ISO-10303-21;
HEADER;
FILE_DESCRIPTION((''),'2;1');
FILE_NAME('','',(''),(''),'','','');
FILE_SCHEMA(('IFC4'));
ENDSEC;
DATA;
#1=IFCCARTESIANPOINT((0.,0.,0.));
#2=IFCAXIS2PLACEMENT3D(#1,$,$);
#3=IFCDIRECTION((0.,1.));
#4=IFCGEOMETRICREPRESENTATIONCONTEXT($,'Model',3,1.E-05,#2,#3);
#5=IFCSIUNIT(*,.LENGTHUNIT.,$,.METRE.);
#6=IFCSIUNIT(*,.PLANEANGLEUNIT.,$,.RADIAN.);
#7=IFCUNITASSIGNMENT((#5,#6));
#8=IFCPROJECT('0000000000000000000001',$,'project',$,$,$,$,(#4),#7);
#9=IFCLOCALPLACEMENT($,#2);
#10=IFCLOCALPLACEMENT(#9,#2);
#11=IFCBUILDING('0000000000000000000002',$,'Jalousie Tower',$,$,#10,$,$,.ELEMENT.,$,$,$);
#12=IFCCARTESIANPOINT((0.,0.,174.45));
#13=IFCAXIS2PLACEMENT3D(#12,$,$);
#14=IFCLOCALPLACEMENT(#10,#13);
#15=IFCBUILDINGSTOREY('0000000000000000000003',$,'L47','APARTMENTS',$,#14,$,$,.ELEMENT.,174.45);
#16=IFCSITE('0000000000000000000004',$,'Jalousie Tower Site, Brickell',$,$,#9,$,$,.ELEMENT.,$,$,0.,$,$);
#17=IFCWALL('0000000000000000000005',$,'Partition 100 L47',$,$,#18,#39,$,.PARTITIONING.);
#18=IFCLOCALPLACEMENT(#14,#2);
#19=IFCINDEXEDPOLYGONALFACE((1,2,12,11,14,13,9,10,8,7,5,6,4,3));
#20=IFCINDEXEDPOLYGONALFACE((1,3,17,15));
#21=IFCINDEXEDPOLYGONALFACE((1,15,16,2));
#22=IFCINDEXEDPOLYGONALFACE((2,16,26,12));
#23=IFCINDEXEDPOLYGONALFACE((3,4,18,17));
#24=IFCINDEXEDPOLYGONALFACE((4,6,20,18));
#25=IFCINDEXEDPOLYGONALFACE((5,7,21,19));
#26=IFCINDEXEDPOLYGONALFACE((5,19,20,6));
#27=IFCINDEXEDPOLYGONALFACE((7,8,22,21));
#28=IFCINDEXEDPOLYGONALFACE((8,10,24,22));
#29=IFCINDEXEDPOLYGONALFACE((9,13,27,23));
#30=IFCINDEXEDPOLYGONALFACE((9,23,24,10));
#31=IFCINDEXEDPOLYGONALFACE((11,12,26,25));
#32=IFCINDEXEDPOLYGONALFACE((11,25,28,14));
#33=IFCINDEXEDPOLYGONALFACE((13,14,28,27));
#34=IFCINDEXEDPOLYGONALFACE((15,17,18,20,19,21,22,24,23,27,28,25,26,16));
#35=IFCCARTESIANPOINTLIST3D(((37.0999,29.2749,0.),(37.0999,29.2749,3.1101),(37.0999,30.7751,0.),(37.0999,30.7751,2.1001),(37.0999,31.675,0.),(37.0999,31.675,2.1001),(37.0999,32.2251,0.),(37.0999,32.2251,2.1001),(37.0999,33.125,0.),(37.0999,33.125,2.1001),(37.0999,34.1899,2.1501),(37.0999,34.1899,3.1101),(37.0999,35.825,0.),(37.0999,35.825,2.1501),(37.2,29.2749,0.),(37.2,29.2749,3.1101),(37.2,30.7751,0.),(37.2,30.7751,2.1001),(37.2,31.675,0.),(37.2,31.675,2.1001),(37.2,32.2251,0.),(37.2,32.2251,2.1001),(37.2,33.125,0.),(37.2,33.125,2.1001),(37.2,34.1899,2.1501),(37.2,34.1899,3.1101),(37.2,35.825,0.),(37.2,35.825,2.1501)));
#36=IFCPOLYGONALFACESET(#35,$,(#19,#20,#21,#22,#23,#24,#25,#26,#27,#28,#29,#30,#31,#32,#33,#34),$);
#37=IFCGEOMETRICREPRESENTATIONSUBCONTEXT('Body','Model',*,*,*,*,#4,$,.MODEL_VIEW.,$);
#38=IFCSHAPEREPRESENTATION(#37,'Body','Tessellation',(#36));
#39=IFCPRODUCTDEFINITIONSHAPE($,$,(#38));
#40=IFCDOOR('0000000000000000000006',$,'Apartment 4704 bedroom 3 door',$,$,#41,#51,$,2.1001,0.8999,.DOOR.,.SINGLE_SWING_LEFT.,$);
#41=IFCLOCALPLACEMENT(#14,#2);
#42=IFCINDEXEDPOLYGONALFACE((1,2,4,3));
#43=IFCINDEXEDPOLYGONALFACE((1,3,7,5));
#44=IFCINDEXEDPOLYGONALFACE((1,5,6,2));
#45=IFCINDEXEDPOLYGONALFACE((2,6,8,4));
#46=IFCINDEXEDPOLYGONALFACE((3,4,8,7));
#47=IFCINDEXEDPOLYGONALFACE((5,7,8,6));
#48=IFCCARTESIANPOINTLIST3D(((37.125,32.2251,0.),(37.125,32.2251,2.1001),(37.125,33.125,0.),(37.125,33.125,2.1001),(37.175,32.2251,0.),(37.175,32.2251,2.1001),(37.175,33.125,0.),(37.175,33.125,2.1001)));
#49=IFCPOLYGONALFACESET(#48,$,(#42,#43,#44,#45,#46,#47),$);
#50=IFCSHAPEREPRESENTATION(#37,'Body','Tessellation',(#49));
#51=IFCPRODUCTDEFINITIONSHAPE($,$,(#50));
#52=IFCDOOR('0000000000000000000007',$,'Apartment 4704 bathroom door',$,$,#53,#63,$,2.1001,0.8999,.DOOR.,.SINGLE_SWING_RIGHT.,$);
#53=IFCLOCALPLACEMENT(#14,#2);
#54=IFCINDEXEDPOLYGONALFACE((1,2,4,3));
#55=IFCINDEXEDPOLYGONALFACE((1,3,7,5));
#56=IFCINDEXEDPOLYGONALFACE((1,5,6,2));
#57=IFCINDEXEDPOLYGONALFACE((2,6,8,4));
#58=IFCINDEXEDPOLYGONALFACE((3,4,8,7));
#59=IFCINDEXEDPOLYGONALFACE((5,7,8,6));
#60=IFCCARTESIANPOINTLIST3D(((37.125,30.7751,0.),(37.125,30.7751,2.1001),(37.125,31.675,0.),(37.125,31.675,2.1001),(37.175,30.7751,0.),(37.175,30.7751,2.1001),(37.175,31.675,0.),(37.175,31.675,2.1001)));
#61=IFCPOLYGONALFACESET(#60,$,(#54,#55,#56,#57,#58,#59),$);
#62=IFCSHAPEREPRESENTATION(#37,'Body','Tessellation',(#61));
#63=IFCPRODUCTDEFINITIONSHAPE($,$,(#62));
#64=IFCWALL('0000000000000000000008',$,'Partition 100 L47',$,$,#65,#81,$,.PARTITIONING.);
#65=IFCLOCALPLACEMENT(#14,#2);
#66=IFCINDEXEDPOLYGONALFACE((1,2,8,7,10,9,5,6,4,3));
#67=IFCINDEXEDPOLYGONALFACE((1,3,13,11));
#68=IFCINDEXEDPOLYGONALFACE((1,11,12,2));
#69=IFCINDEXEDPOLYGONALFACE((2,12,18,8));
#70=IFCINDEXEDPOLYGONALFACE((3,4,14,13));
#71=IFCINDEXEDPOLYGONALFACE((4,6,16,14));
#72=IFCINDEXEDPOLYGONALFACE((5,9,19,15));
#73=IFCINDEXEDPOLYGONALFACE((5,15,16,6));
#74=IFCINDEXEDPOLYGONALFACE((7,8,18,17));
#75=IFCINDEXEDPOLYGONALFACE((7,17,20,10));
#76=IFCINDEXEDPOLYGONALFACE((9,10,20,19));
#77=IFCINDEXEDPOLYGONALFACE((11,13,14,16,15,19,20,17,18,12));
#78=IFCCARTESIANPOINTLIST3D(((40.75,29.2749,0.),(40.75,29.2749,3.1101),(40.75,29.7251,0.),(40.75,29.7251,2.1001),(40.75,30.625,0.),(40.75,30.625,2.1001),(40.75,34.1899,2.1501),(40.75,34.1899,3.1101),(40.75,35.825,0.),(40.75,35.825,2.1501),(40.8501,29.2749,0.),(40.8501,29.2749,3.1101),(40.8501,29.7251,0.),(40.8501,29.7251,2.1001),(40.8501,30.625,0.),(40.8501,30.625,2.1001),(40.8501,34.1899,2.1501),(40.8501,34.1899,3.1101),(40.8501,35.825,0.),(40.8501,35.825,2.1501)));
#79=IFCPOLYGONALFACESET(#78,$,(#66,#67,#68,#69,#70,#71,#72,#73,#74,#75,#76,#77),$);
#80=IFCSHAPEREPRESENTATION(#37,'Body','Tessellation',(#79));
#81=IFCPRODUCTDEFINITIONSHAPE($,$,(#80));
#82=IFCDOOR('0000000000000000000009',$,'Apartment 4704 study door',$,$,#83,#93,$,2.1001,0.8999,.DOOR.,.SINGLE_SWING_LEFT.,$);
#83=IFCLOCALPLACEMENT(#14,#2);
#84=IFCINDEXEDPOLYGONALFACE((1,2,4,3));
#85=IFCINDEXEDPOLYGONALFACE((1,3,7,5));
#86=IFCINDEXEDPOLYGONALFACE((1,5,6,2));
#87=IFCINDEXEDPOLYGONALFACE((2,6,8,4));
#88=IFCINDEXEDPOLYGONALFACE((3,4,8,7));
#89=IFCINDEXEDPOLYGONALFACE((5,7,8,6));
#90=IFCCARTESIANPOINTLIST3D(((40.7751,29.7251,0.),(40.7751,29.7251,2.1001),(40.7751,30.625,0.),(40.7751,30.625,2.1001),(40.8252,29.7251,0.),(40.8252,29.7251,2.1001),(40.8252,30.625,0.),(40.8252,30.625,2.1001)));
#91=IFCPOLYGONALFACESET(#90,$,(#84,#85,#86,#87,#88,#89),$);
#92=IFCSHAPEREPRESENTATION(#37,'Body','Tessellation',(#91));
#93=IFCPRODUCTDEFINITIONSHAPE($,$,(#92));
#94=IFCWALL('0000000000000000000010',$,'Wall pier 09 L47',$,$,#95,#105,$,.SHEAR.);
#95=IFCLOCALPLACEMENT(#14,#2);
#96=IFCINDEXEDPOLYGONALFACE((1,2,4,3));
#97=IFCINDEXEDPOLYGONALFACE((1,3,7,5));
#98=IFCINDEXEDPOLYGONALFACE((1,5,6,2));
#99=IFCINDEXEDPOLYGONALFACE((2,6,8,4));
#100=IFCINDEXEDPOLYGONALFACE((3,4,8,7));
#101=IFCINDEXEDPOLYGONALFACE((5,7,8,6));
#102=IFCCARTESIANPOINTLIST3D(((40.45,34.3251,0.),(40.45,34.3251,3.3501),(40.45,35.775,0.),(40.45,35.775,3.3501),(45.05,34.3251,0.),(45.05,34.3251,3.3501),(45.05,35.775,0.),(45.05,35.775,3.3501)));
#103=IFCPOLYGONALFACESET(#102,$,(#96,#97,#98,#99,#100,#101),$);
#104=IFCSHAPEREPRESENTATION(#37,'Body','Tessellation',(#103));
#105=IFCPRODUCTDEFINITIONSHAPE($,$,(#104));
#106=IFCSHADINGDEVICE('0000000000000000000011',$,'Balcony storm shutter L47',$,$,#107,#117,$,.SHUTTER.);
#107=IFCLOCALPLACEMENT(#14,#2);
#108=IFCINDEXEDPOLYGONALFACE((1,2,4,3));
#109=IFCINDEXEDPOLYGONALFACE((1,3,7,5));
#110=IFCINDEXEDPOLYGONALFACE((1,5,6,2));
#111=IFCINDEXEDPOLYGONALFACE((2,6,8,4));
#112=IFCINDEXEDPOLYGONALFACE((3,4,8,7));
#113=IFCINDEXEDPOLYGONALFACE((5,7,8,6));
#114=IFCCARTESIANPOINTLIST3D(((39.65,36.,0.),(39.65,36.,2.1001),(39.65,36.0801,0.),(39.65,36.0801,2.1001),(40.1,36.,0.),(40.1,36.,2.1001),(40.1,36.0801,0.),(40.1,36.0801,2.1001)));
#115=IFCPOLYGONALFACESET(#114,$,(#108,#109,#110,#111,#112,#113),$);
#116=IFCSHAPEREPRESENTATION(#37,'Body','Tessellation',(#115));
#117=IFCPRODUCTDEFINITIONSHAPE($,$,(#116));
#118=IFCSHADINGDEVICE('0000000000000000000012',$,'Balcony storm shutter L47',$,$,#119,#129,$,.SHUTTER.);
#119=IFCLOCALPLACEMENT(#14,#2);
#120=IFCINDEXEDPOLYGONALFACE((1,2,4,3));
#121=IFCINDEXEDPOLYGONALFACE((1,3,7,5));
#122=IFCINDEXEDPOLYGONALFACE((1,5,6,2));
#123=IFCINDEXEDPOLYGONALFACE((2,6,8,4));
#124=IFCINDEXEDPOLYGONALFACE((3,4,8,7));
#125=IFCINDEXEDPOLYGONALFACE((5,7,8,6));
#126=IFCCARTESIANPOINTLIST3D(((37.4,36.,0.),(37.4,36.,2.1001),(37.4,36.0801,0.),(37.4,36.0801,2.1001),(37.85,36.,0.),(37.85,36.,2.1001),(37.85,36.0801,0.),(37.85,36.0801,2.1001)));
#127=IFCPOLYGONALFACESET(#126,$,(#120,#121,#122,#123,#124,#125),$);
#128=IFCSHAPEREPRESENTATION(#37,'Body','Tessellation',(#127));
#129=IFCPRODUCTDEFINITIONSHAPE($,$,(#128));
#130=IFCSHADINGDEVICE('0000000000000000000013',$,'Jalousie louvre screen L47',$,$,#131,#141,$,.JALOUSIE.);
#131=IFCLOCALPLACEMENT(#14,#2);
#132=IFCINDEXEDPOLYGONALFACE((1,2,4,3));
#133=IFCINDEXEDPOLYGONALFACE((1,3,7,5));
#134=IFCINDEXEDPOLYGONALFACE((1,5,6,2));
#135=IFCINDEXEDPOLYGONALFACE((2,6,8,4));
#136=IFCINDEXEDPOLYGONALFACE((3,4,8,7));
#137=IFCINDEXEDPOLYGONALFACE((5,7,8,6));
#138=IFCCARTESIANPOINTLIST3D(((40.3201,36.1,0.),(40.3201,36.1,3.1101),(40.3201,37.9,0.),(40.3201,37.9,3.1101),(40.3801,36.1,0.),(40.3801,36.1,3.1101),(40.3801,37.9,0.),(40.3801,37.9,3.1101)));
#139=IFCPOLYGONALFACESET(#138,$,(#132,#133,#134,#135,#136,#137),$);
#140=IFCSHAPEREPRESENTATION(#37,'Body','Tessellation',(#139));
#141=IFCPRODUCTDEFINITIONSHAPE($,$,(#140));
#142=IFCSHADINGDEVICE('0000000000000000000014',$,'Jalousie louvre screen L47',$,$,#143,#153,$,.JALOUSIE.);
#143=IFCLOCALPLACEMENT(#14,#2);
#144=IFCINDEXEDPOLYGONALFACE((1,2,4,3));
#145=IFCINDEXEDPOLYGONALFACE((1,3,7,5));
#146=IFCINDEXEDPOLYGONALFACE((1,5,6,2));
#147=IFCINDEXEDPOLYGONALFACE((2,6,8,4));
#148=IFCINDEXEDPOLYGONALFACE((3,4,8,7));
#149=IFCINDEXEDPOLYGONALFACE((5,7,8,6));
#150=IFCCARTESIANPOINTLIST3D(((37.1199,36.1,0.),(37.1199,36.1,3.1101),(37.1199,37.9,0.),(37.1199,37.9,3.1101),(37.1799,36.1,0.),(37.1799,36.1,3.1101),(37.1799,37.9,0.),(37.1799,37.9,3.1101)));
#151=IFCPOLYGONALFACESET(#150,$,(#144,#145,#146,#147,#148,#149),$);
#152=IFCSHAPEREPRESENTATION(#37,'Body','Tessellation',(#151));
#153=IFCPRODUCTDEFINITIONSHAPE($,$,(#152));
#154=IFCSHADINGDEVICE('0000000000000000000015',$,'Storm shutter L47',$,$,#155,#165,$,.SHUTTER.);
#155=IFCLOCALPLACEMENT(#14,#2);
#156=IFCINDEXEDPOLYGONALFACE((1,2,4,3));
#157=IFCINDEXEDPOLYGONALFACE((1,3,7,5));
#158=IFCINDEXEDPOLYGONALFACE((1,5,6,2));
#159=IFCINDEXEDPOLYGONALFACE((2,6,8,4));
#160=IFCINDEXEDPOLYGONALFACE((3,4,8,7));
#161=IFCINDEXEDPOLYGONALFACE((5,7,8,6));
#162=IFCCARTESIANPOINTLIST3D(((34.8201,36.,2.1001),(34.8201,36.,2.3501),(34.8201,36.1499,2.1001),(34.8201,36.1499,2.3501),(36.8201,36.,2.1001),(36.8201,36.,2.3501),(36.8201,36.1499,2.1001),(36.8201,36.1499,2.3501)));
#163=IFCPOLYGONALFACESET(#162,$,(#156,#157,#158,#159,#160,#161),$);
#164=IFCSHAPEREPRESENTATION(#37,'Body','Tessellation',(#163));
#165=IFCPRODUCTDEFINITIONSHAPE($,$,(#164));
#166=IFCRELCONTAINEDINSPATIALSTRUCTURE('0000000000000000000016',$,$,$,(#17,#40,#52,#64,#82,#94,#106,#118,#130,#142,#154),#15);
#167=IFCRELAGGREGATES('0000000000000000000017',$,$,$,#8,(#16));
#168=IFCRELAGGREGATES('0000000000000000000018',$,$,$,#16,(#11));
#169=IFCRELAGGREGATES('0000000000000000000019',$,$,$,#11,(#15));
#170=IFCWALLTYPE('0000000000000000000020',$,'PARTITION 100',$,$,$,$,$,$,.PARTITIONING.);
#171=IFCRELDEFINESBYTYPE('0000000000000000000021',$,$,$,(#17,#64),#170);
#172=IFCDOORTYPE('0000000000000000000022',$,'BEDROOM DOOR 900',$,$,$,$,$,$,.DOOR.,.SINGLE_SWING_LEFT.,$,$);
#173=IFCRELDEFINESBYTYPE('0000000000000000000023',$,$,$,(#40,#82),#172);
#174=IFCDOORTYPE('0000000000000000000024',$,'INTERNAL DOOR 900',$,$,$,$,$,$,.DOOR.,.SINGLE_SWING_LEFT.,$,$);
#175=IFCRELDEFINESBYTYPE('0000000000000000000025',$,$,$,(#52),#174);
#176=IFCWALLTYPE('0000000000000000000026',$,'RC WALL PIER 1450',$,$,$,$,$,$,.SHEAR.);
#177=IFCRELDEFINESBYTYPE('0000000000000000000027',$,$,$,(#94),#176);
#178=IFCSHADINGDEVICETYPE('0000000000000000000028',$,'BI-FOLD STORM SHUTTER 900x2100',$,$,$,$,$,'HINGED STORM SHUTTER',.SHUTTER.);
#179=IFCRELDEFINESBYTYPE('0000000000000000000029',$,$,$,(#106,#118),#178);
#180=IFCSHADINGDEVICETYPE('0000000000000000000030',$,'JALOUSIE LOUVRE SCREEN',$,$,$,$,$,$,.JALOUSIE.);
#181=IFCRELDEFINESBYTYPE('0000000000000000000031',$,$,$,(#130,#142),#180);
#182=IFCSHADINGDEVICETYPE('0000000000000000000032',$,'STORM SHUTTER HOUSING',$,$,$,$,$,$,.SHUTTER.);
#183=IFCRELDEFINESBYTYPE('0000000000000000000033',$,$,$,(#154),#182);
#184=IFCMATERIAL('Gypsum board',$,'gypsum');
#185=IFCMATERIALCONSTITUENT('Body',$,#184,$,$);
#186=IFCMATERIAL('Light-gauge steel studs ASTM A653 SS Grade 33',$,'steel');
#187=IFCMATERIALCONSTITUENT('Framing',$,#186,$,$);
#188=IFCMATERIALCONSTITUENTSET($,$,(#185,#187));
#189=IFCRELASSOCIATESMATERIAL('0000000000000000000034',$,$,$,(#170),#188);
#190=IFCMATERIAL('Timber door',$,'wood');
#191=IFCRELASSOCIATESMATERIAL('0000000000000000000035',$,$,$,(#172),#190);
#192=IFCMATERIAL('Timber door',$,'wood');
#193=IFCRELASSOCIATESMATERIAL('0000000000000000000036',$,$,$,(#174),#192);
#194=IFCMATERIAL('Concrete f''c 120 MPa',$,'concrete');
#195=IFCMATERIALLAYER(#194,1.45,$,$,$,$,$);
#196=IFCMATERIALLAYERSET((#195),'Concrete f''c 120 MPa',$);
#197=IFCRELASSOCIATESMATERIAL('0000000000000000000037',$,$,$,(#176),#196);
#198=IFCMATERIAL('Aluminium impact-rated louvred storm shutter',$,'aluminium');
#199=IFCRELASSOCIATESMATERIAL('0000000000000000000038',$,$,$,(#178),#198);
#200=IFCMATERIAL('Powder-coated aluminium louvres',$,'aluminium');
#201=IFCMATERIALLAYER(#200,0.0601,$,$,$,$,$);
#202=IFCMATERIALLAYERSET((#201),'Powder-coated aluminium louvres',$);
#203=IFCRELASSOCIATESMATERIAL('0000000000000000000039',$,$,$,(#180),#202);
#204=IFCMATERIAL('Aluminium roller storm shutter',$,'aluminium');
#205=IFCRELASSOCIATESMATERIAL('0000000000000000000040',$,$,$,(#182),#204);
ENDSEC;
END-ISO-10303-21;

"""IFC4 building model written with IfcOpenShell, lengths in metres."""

from ifc_helpers import new_model, si_unit, direction, frame, frame_2d, origin, origin_2d, place, context, subcontext, project, spatial, polyline, rectangle, outline, extrude, material, layer, layer_set, constituent, constituent_set, type_object, element, fill, save


model = new_model("IFC4")

# Units and contexts
model_context = context("Model", 3, precision=1e-05, world=origin(), true_north=direction((0.0, 1.0)))
body_context = subcontext(model_context, "Body", "Model", "MODEL_VIEW")
ifc_project = project(units=[si_unit("LENGTHUNIT", "METRE"), si_unit("PLANEANGLEUNIT", "RADIAN")], contexts=[model_context])

# Site, building, storey
site_placement = place(None, origin())
site = spatial("IfcSite", under=ifc_project, at=site_placement, Name="Jalousie Tower Site, Brickell", CompositionType="ELEMENT", RefElevation=0.0)
building_placement = place(site_placement, origin())
building = spatial("IfcBuilding", under=site, at=building_placement, Name="Jalousie Tower", CompositionType="ELEMENT")
storey_placement = place(building_placement, frame((0.0, 0.0, 174.45)))
storey = spatial("IfcBuildingStorey", under=building, at=storey_placement, Name="L47", Description="APARTMENTS", CompositionType="ELEMENT", Elevation=174.45)

# Shared definitions
ifc_material_1 = material(Name="Gypsum board", Category="gypsum")
ifc_constituent_1 = constituent(ifc_material_1, Name="Body")
ifc_material_2 = material(Name="Light-gauge steel studs ASTM A653 SS Grade 33", Category="steel")
ifc_constituent_2 = constituent(ifc_material_2, Name="Framing")
ifc_constituent_set = constituent_set(constituents=[ifc_constituent_1, ifc_constituent_2])
wall_type_1 = type_object("IfcWallType", Name="PARTITION 100", PredefinedType="PARTITIONING", material=ifc_constituent_set)
ifc_material_3 = material(Name="Timber door", Category="wood")
door_type_1 = type_object("IfcDoorType", Name="BEDROOM DOOR 900", OperationType="SINGLE_SWING_LEFT", PredefinedType="DOOR", material=ifc_material_3)

# Wall, openings, doors
wall_1_placement = place(storey_placement, frame((37.1499, 35.825, 0.0), z_axis=(0.0, 0.0, 1.0), x_axis=(0.0, -1.0, 0.0)))
wall_1 = element("IfcWall", 1, at=wall_1_placement, inside=storey, type_object=wall_type_1, Name="Partition 100 L47", PredefinedType="PARTITIONING", context=body_context, shape_type="SweptSolid", body=[
    extrude(outline(polyline([(0.0, 0.0), (6.55, 0.0), (6.55, 3.1101), (1.635, 3.1101), (1.635, 2.1501), (0.0, 2.1501), (0.0, 3.1101), (0.0, 0.0)])), frame((0.0, 0.05, 0.0), z_axis=(0.0, -1.0, 0.0), x_axis=(1.0, 0.0, 0.0)), (0.0, 0.0, 1.0), 0.1001),
])
opening_1_placement = place(wall_1_placement, frame((2.7, 0.0, 0.0)))
opening_1 = element("IfcOpeningElement", 2, at=opening_1_placement, cuts=wall_1, PredefinedType="OPENING", context=body_context, shape_type="SweptSolid", body=[
    extrude(rectangle(XDim=0.8999, YDim=2.1001, at=frame_2d((0.45, 1.05))), frame((0.0, 0.0601, 0.0), z_axis=(0.0, -1.0, 0.0), x_axis=(1.0, 0.0, 0.0)), (0.0, 0.0, 1.0), 0.1201),
])
opening_2_placement = place(wall_1_placement, frame((4.1499, 0.0, 0.0)))
opening_2 = element("IfcOpeningElement", 3, at=opening_2_placement, cuts=wall_1, PredefinedType="OPENING", context=body_context, shape_type="SweptSolid", body=[
    extrude(rectangle(XDim=0.8999, YDim=2.1001, at=frame_2d((0.45, 1.05))), frame((0.0, 0.0601, 0.0), z_axis=(0.0, -1.0, 0.0), x_axis=(1.0, 0.0, 0.0)), (0.0, 0.0, 1.0), 0.1201),
])
door_1_placement = place(opening_1_placement, frame((0.8999, 0.0, 0.0), z_axis=(0.0, 0.0, 1.0), x_axis=(-1.0, 0.0, 0.0)))
door_1 = element("IfcDoor", 4, at=door_1_placement, inside=storey, type_object=door_type_1, Name="Apartment 4704 bedroom 3 door", OperationType="SINGLE_SWING_LEFT", OverallHeight=2.1001, OverallWidth=0.8999, PredefinedType="DOOR", context=body_context, shape_type="SweptSolid", body=[
    extrude(rectangle(XDim=0.8999, YDim=2.1001, at=frame_2d((0.45, 1.05))), frame((0.0, 0.0249, 0.0), z_axis=(0.0, -1.0, 0.0), x_axis=(1.0, 0.0, 0.0)), (0.0, 0.0, 1.0), 0.05),
])
fill(opening_1, door_1)
ifc_material_4 = material(Name="Timber door", Category="wood")
door_type_2 = type_object("IfcDoorType", Name="INTERNAL DOOR 900", OperationType="SINGLE_SWING_LEFT", PredefinedType="DOOR", material=ifc_material_4)
door_2_placement = place(opening_2_placement, frame((0.8999, 0.0, 0.0), z_axis=(0.0, 0.0, 1.0), x_axis=(-1.0, 0.0, 0.0)))
door_2 = element("IfcDoor", 5, at=door_2_placement, inside=storey, type_object=door_type_2, Name="Apartment 4704 bathroom door", OperationType="SINGLE_SWING_RIGHT", OverallHeight=2.1001, OverallWidth=0.8999, PredefinedType="DOOR", context=body_context, shape_type="SweptSolid", body=[
    extrude(rectangle(XDim=0.8999, YDim=2.1001, at=frame_2d((0.45, 1.05))), frame((0.0, 0.0249, 0.0), z_axis=(0.0, -1.0, 0.0), x_axis=(1.0, 0.0, 0.0)), (0.0, 0.0, 1.0), 0.05),
])
fill(opening_2, door_2)

# Wall, opening, door
wall_2_placement = place(storey_placement, frame((40.8, 35.825, 0.0), z_axis=(0.0, 0.0, 1.0), x_axis=(0.0, -1.0, 0.0)))
wall_2 = element("IfcWall", 6, at=wall_2_placement, inside=storey, type_object=wall_type_1, Name="Partition 100 L47", PredefinedType="PARTITIONING", context=body_context, shape_type="SweptSolid", body=[
    extrude(outline(polyline([(0.0, 0.0), (6.55, 0.0), (6.55, 3.1101), (1.635, 3.1101), (1.635, 2.1501), (0.0, 2.1501), (0.0, 3.1101), (0.0, 0.0)])), frame((0.0, 0.05, 0.0), z_axis=(0.0, -1.0, 0.0), x_axis=(1.0, 0.0, 0.0)), (0.0, 0.0, 1.0), 0.1001),
])
opening_3_placement = place(wall_2_placement, frame((5.2, 0.0, 0.0)))
opening_3 = element("IfcOpeningElement", 7, at=opening_3_placement, cuts=wall_2, PredefinedType="OPENING", context=body_context, shape_type="SweptSolid", body=[
    extrude(rectangle(XDim=0.8999, YDim=2.1001, at=frame_2d((0.45, 1.05))), frame((0.0, 0.0601, 0.0), z_axis=(0.0, -1.0, 0.0), x_axis=(1.0, 0.0, 0.0)), (0.0, 0.0, 1.0), 0.1201),
])
door_3_placement = place(opening_3_placement, frame((0.8999, 0.0, 0.0), z_axis=(0.0, 0.0, 1.0), x_axis=(-1.0, 0.0, 0.0)))
door_3 = element("IfcDoor", 8, at=door_3_placement, inside=storey, type_object=door_type_1, Name="Apartment 4704 study door", OperationType="SINGLE_SWING_LEFT", OverallHeight=2.1001, OverallWidth=0.8999, PredefinedType="DOOR", context=body_context, shape_type="SweptSolid", body=[
    extrude(rectangle(XDim=0.8999, YDim=2.1001, at=frame_2d((0.45, 1.05))), frame((0.0, 0.0249, 0.0), z_axis=(0.0, -1.0, 0.0), x_axis=(1.0, 0.0, 0.0)), (0.0, 0.0, 1.0), 0.05),
])
fill(opening_3, door_3)

# Wall
ifc_material_5 = material(Name="Concrete f'c 120 MPa", Category="concrete")
ifc_layer_1 = layer(ifc_material_5, 1.45)
ifc_layer_set_1 = layer_set([ifc_layer_1], Name="Concrete f'c 120 MPa")
wall_type_2 = type_object("IfcWallType", Name="RC WALL PIER 1450", PredefinedType="SHEAR", material=ifc_layer_set_1)
wall_3_placement = place(storey_placement, frame((40.45, 35.05, 0.0), z_axis=(0.0, 0.0, 1.0), x_axis=(1.0, 0.0, 0.0)))
element("IfcWall", 9, at=wall_3_placement, inside=storey, type_object=wall_type_2, Name="Wall pier 09 L47", PredefinedType="SHEAR", context=body_context, shape_type="SweptSolid", body=[
    extrude(rectangle(XDim=4.6001, YDim=1.45, at=frame_2d((2.3, 0.0))), origin(), (0.0, 0.0, 1.0), 3.3501),
])

# Shading devices
ifc_material_6 = material(Name="Aluminium impact-rated louvred storm shutter", Category="aluminium")
shading_device_type_1 = type_object("IfcShadingDeviceType", Name="BI-FOLD STORM SHUTTER 900x2100", ElementType="HINGED STORM SHUTTER", PredefinedType="SHUTTER", material=ifc_material_6)
for number, where, z_axis, x_axis, name in (
    (10, (39.875, 36.04, 0.0), (0.0, 0.0, 1.0), (-1.0, 0.0, 0.0), "Balcony storm shutter L47"),
    (11, (37.625, 36.04, 0.0), (0.0, 0.0, 1.0), (-1.0, 0.0, 0.0), "Balcony storm shutter L47"),
):
    element("IfcShadingDevice", number, at=place(storey_placement, frame(where, z_axis=z_axis, x_axis=x_axis)), inside=storey, type_object=shading_device_type_1, Name=name, PredefinedType="SHUTTER", context=body_context, shape_type="SweptSolid", body=[
        extrude(rectangle(XDim=0.45, YDim=0.0801, at=origin_2d()), origin(), (0.0, 0.0, 1.0), 2.1001),
    ])

# Shading devices
ifc_material_7 = material(Name="Powder-coated aluminium louvres", Category="aluminium")
ifc_layer_2 = layer(ifc_material_7, 0.0601)
ifc_layer_set_2 = layer_set([ifc_layer_2], Name="Powder-coated aluminium louvres")
shading_device_type_2 = type_object("IfcShadingDeviceType", Name="JALOUSIE LOUVRE SCREEN", PredefinedType="JALOUSIE", material=ifc_layer_set_2)
for number, where, z_axis, x_axis, name in (
    (12, (40.3501, 37.0, 0.0), (0.0, 0.0, 1.0), (-1.0, 0.0, 0.0), "Jalousie louvre screen L47"),
    (13, (37.1499, 37.0, 0.0), (0.0, 0.0, 1.0), (-1.0, 0.0, 0.0), "Jalousie louvre screen L47"),
):
    element("IfcShadingDevice", number, at=place(storey_placement, frame(where, z_axis=z_axis, x_axis=x_axis)), inside=storey, type_object=shading_device_type_2, Name=name, PredefinedType="JALOUSIE", context=body_context, shape_type="SweptSolid", body=[
        extrude(rectangle(XDim=0.0601, YDim=1.8, at=origin_2d()), origin(), (0.0, 0.0, 1.0), 3.1101),
    ])
ifc_material_8 = material(Name="Aluminium roller storm shutter", Category="aluminium")
shading_device_type_3 = type_object("IfcShadingDeviceType", Name="STORM SHUTTER HOUSING", PredefinedType="SHUTTER", material=ifc_material_8)
shading_device_placement = place(storey_placement, frame((35.8201, 36.075, 2.1001), z_axis=(0.0, 0.0, 1.0), x_axis=(-1.0, 0.0, 0.0)))
element("IfcShadingDevice", 14, at=shading_device_placement, inside=storey, type_object=shading_device_type_3, Name="Storm shutter L47", PredefinedType="SHUTTER", context=body_context, shape_type="SweptSolid", body=[
    extrude(rectangle(XDim=2.0, YDim=0.1499, at=origin_2d()), origin(), (0.0, 0.0, 1.0), 0.25),
])

save(model, "model.ifc")
